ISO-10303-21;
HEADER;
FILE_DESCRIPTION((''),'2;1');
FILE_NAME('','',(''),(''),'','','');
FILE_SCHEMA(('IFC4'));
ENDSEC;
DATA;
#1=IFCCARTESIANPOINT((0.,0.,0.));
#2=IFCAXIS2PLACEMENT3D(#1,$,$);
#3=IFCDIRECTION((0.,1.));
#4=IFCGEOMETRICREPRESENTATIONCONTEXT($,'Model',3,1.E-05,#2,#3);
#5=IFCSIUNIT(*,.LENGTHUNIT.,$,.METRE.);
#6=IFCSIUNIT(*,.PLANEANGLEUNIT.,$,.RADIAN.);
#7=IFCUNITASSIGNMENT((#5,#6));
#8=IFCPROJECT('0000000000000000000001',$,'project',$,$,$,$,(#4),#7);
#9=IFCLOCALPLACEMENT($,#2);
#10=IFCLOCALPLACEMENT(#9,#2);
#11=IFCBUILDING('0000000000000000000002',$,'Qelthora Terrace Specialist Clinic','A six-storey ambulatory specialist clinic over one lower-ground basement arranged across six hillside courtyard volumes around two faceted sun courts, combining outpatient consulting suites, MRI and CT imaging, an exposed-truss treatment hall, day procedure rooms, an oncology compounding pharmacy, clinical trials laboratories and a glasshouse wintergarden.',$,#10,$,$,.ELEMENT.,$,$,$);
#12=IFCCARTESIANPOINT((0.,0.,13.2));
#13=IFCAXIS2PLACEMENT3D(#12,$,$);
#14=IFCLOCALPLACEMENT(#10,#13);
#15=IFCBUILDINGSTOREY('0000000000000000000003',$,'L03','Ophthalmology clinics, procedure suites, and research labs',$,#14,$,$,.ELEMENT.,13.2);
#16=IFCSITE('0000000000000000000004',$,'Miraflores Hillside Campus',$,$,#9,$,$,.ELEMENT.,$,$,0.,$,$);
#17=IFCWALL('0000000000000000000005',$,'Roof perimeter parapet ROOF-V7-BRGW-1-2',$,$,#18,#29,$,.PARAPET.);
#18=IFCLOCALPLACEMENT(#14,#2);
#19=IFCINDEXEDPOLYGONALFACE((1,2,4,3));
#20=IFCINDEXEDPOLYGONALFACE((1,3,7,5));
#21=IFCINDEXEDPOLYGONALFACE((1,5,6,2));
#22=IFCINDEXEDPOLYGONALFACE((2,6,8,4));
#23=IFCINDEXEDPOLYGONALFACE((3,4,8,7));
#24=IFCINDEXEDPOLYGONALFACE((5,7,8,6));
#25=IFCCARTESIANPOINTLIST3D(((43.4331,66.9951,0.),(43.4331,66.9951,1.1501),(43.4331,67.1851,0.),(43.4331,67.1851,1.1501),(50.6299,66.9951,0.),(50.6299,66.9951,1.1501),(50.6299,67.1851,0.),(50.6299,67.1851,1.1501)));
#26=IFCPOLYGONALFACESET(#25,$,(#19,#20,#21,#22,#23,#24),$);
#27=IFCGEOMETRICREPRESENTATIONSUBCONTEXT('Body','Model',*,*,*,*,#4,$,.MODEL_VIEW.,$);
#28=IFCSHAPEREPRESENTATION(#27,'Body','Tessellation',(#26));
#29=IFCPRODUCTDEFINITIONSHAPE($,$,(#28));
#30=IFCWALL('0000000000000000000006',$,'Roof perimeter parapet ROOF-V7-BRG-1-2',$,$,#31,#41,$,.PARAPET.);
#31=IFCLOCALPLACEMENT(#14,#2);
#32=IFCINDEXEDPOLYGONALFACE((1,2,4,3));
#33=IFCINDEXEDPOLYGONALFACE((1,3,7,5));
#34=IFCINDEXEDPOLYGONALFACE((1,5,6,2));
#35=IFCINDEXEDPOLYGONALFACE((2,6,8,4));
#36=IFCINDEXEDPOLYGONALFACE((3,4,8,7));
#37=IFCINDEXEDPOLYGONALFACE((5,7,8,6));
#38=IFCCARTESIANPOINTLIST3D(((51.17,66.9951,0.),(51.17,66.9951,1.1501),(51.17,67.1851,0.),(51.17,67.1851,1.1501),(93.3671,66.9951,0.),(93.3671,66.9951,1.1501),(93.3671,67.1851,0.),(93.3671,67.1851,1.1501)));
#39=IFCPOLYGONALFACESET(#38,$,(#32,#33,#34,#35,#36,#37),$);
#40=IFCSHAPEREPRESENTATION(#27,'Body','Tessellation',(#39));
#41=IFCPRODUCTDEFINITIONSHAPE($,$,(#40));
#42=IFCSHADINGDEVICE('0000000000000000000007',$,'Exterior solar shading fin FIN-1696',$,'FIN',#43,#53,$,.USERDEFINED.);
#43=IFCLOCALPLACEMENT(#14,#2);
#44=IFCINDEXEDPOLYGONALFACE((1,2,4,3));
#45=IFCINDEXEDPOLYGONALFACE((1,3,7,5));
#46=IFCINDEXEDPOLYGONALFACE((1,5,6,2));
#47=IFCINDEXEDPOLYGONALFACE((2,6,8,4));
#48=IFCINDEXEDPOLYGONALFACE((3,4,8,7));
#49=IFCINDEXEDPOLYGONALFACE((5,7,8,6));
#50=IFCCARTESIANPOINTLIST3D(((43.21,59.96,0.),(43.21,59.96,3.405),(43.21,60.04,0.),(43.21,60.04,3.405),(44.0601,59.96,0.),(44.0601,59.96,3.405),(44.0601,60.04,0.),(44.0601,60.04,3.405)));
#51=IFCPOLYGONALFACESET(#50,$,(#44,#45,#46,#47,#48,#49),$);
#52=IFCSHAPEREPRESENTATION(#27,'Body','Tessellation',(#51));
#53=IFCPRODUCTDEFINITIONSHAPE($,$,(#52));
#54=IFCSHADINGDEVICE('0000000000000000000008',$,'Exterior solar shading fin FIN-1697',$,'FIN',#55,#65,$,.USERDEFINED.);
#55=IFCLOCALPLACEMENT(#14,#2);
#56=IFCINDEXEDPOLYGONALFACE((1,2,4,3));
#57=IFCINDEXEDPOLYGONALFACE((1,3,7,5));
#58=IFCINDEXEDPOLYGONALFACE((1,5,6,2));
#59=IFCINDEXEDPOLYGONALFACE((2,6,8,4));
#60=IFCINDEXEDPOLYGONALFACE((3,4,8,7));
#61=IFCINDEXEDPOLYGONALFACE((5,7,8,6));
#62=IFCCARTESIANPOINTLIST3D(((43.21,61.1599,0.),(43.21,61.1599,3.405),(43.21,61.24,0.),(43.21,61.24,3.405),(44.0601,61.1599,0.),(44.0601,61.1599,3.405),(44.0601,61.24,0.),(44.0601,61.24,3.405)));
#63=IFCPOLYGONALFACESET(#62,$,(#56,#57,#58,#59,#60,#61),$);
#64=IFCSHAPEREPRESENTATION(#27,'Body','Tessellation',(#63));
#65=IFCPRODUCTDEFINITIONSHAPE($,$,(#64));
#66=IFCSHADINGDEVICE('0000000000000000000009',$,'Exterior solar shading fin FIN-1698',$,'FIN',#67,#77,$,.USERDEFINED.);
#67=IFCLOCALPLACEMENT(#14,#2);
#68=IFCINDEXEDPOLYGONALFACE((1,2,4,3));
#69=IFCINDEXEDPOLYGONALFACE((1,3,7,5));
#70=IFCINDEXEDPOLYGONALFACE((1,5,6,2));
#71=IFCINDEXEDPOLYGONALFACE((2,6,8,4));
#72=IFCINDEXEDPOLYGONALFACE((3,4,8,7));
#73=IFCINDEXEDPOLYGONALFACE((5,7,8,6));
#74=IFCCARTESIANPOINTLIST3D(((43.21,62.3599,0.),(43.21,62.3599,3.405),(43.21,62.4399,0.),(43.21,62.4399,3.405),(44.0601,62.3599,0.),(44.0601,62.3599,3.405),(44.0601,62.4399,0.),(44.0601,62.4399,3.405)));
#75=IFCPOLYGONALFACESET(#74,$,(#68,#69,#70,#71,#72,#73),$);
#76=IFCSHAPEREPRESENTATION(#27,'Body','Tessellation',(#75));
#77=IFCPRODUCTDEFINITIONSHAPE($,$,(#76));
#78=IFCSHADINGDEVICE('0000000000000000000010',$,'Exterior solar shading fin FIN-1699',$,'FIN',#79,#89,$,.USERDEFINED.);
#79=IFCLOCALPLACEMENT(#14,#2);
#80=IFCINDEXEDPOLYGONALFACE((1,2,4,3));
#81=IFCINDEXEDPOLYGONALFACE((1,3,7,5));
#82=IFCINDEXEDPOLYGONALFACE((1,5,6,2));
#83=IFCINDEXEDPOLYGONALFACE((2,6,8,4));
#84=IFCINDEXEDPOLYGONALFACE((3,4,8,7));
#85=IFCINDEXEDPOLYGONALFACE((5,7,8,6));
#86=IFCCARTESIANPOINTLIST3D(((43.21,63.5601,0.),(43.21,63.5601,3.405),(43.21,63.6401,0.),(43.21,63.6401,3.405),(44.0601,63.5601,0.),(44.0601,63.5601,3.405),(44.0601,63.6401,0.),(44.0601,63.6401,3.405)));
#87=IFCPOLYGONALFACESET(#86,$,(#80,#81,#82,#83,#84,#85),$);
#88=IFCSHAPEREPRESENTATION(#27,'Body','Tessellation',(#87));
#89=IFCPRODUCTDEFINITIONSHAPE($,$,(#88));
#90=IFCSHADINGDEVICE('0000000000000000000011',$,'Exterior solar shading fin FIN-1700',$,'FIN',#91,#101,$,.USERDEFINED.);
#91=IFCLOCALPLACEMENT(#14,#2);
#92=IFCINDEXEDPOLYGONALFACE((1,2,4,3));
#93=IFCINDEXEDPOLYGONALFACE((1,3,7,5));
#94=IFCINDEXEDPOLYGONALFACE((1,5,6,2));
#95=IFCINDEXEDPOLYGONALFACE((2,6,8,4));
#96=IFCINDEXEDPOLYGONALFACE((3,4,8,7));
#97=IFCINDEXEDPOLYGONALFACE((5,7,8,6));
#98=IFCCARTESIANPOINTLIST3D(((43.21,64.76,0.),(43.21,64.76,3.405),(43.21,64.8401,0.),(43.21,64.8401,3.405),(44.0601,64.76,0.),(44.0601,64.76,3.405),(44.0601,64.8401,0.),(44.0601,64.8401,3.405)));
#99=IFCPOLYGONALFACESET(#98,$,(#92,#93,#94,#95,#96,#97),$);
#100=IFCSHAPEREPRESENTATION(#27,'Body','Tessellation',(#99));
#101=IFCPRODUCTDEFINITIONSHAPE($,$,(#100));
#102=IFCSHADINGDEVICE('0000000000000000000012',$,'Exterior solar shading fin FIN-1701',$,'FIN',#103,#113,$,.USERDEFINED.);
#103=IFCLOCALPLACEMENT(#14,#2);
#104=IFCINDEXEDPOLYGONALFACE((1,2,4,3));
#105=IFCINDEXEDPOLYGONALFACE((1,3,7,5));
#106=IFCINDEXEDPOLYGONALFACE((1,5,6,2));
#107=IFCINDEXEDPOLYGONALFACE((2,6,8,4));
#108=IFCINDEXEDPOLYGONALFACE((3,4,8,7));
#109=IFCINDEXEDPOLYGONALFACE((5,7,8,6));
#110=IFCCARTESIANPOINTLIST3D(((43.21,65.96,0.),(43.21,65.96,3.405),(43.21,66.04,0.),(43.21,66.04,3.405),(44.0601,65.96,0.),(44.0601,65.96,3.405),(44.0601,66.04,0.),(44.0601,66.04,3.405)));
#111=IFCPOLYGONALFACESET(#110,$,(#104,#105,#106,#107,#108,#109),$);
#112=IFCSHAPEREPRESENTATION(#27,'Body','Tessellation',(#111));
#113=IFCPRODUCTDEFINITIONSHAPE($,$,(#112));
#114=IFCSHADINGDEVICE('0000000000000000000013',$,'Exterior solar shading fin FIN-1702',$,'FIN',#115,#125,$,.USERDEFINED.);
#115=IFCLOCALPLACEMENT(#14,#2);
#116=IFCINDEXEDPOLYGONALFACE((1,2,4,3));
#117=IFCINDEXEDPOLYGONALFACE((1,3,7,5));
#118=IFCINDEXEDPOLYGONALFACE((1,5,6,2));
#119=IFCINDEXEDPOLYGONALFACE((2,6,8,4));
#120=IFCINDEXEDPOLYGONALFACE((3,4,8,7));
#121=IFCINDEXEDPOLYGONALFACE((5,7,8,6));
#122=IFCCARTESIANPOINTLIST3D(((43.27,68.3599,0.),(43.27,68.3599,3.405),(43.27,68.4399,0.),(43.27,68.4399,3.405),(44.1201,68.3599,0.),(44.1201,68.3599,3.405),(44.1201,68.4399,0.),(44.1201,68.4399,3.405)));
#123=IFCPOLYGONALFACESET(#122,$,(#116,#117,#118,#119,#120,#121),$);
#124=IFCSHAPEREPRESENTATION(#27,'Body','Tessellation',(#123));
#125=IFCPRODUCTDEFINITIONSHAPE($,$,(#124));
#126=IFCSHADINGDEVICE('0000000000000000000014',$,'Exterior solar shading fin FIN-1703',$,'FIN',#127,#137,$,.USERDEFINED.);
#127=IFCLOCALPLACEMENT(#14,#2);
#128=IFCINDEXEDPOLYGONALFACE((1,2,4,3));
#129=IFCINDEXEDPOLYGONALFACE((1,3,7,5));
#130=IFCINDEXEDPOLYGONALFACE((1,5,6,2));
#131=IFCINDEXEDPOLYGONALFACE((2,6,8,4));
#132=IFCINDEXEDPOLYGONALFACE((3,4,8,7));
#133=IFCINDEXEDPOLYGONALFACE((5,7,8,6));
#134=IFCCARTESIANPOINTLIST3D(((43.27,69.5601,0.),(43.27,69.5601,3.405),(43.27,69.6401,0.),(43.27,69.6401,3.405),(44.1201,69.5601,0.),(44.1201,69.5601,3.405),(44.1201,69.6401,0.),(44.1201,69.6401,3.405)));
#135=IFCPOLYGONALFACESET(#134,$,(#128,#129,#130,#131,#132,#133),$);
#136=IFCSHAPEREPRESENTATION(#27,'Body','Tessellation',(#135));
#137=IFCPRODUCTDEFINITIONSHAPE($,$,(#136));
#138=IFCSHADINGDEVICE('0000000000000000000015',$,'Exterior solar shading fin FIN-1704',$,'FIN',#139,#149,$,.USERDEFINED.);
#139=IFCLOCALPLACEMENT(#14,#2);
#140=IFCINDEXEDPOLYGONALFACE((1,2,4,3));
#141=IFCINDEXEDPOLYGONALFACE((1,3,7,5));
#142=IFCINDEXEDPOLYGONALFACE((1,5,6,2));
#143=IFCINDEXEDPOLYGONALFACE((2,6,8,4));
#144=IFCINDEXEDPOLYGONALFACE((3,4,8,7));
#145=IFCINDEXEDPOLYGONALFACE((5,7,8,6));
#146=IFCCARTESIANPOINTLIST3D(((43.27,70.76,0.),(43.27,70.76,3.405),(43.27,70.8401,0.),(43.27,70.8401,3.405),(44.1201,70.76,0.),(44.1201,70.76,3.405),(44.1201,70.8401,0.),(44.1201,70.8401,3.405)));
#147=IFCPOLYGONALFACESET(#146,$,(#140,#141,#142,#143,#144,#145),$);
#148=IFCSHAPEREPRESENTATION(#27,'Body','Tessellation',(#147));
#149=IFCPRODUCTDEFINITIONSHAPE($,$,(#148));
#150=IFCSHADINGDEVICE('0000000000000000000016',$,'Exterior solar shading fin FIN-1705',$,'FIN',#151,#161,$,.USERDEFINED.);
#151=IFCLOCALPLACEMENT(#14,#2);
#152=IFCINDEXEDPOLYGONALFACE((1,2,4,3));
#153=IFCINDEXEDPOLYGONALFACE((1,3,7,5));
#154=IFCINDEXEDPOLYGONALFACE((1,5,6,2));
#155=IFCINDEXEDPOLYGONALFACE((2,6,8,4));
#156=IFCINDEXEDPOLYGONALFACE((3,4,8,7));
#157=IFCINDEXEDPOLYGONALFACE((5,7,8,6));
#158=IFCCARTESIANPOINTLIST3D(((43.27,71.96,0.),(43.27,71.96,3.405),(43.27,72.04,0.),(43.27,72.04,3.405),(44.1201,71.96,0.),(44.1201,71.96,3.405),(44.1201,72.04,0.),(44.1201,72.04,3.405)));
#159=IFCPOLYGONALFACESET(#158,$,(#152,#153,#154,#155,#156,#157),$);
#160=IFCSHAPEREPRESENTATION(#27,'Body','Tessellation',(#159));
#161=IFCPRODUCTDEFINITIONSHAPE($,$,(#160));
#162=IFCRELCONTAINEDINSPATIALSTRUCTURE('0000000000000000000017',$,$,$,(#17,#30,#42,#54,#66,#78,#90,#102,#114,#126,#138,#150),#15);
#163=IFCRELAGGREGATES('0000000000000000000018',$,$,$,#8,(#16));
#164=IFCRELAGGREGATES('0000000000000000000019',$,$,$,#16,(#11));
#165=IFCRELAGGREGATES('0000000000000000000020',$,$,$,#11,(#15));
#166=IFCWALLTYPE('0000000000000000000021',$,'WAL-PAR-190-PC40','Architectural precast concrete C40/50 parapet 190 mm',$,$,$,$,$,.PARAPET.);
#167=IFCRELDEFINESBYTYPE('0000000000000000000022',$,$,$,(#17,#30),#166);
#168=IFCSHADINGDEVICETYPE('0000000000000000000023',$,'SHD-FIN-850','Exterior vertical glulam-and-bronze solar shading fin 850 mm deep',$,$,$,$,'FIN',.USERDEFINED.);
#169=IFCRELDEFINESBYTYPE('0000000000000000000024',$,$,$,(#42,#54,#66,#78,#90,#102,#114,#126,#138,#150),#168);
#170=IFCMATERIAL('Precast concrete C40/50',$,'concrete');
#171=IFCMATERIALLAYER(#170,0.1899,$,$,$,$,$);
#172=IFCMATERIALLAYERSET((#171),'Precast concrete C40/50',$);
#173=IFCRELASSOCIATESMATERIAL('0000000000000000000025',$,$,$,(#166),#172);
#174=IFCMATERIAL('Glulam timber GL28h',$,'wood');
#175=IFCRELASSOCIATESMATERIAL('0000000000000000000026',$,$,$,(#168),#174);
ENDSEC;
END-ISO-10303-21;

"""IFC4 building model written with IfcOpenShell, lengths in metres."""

from ifc_helpers import new_model, si_unit, direction, frame, frame_2d, origin, origin_2d, place, context, subcontext, project, spatial, rectangle, extrude, material, layer, layer_set, type_object, element, save


model = new_model("IFC4")

# Units and contexts
model_context = context("Model", 3, precision=1e-05, world=origin(), true_north=direction((0.0, 1.0)))
body_context = subcontext(model_context, "Body", "Model", "MODEL_VIEW")
ifc_project = project(units=[si_unit("LENGTHUNIT", "METRE"), si_unit("PLANEANGLEUNIT", "RADIAN")], contexts=[model_context])

# Site, building, storey
site_placement = place(None, origin())
site = spatial("IfcSite", under=ifc_project, at=site_placement, Name="Miraflores Hillside Campus", CompositionType="ELEMENT", RefElevation=0.0)
building_placement = place(site_placement, origin())
building = spatial("IfcBuilding", under=site, at=building_placement, Name="Qelthora Terrace Specialist Clinic", Description="A six-storey ambulatory specialist clinic over one lower-ground basement arranged across six hillside courtyard volumes around two faceted sun courts, combining outpatient consulting suites, MRI and CT imaging, an exposed-truss treatment hall, day procedure rooms, an oncology compounding pharmacy, clinical trials laboratories and a glasshouse wintergarden.", CompositionType="ELEMENT")
storey_placement = place(building_placement, frame((0.0, 0.0, 13.2)))
storey = spatial("IfcBuildingStorey", under=building, at=storey_placement, Name="L03", Description="Ophthalmology clinics, procedure suites, and research labs", CompositionType="ELEMENT", Elevation=13.2)

# Shared definitions
ifc_material_1 = material(Name="Precast concrete C40/50", Category="concrete")

# Shared definitions
ifc_material_2 = material(Name="Glulam timber GL28h", Category="wood")

# Walls
ifc_layer_1 = layer(ifc_material_1, 0.1899)
ifc_layer_set_1 = layer_set([ifc_layer_1], Name="Precast concrete C40/50")
wall_type_1 = type_object("IfcWallType", Name="WAL-PAR-190-PC40", Description="Architectural precast concrete C40/50 parapet 190 mm", PredefinedType="PARAPET", material=ifc_layer_set_1)
wall_1_placement = place(storey_placement, frame((43.4331, 67.0901, 0.0), z_axis=(0.0, 0.0, 1.0), x_axis=(1.0, 0.0, 0.0)))
element("IfcWall", 1, at=wall_1_placement, inside=storey, type_object=wall_type_1, Name="Roof perimeter parapet ROOF-V7-BRGW-1-2", PredefinedType="PARAPET", context=body_context, shape_type="SweptSolid", body=[
    extrude(rectangle(XDim=7.1968, YDim=0.1899, at=frame_2d((3.5984, 0.0))), origin(), (0.0, 0.0, 1.0), 1.1501),
])
wall_2_placement = place(storey_placement, frame((51.1699, 67.0901, 0.0), z_axis=(0.0, 0.0, 1.0), x_axis=(1.0, 0.0, 0.0)))
element("IfcWall", 2, at=wall_2_placement, inside=storey, type_object=wall_type_1, Name="Roof perimeter parapet ROOF-V7-BRG-1-2", PredefinedType="PARAPET", context=body_context, shape_type="SweptSolid", body=[
    extrude(rectangle(XDim=42.197, YDim=0.1899, at=frame_2d((21.0986, 0.0))), origin(), (0.0, 0.0, 1.0), 1.1501),
])

# Shading devices
shading_device_type = type_object("IfcShadingDeviceType", Name="SHD-FIN-850", Description="Exterior vertical glulam-and-bronze solar shading fin 850 mm deep", ElementType="FIN", PredefinedType="USERDEFINED", material=ifc_material_2)
for number, where, z_axis, x_axis, name in (
    (3, (43.635, 60.0, 0.0), (0.0, 0.0, 1.0), (1.0, 0.0, 0.0), "Exterior solar shading fin FIN-1696"),
    (4, (43.635, 61.2, 0.0), (0.0, 0.0, 1.0), (1.0, 0.0, 0.0), "Exterior solar shading fin FIN-1697"),
    (5, (43.635, 62.3999, 0.0), (0.0, 0.0, 1.0), (1.0, 0.0, 0.0), "Exterior solar shading fin FIN-1698"),
    (6, (43.635, 63.6001, 0.0), (0.0, 0.0, 1.0), (1.0, 0.0, 0.0), "Exterior solar shading fin FIN-1699"),
    (7, (43.635, 64.8, 0.0), (0.0, 0.0, 1.0), (1.0, 0.0, 0.0), "Exterior solar shading fin FIN-1700"),
    (8, (43.635, 66.0, 0.0), (0.0, 0.0, 1.0), (1.0, 0.0, 0.0), "Exterior solar shading fin FIN-1701"),
    (9, (43.6951, 68.3999, 0.0), (0.0, 0.0, 1.0), (1.0, 0.0, 0.0), "Exterior solar shading fin FIN-1702"),
    (10, (43.6951, 69.6001, 0.0), (0.0, 0.0, 1.0), (1.0, 0.0, 0.0), "Exterior solar shading fin FIN-1703"),
    (11, (43.6951, 70.8, 0.0), (0.0, 0.0, 1.0), (1.0, 0.0, 0.0), "Exterior solar shading fin FIN-1704"),
    (12, (43.6951, 72.0, 0.0), (0.0, 0.0, 1.0), (1.0, 0.0, 0.0), "Exterior solar shading fin FIN-1705"),
):
    element("IfcShadingDevice", number, at=place(storey_placement, frame(where, z_axis=z_axis, x_axis=x_axis)), inside=storey, type_object=shading_device_type, Name=name, ObjectType="FIN", PredefinedType="USERDEFINED", context=body_context, shape_type="SweptSolid", body=[
        extrude(rectangle(XDim=0.8501, YDim=0.0801, at=origin_2d()), origin(), (0.0, 0.0, 1.0), 3.405),
    ])

save(model, "model.ifc")
